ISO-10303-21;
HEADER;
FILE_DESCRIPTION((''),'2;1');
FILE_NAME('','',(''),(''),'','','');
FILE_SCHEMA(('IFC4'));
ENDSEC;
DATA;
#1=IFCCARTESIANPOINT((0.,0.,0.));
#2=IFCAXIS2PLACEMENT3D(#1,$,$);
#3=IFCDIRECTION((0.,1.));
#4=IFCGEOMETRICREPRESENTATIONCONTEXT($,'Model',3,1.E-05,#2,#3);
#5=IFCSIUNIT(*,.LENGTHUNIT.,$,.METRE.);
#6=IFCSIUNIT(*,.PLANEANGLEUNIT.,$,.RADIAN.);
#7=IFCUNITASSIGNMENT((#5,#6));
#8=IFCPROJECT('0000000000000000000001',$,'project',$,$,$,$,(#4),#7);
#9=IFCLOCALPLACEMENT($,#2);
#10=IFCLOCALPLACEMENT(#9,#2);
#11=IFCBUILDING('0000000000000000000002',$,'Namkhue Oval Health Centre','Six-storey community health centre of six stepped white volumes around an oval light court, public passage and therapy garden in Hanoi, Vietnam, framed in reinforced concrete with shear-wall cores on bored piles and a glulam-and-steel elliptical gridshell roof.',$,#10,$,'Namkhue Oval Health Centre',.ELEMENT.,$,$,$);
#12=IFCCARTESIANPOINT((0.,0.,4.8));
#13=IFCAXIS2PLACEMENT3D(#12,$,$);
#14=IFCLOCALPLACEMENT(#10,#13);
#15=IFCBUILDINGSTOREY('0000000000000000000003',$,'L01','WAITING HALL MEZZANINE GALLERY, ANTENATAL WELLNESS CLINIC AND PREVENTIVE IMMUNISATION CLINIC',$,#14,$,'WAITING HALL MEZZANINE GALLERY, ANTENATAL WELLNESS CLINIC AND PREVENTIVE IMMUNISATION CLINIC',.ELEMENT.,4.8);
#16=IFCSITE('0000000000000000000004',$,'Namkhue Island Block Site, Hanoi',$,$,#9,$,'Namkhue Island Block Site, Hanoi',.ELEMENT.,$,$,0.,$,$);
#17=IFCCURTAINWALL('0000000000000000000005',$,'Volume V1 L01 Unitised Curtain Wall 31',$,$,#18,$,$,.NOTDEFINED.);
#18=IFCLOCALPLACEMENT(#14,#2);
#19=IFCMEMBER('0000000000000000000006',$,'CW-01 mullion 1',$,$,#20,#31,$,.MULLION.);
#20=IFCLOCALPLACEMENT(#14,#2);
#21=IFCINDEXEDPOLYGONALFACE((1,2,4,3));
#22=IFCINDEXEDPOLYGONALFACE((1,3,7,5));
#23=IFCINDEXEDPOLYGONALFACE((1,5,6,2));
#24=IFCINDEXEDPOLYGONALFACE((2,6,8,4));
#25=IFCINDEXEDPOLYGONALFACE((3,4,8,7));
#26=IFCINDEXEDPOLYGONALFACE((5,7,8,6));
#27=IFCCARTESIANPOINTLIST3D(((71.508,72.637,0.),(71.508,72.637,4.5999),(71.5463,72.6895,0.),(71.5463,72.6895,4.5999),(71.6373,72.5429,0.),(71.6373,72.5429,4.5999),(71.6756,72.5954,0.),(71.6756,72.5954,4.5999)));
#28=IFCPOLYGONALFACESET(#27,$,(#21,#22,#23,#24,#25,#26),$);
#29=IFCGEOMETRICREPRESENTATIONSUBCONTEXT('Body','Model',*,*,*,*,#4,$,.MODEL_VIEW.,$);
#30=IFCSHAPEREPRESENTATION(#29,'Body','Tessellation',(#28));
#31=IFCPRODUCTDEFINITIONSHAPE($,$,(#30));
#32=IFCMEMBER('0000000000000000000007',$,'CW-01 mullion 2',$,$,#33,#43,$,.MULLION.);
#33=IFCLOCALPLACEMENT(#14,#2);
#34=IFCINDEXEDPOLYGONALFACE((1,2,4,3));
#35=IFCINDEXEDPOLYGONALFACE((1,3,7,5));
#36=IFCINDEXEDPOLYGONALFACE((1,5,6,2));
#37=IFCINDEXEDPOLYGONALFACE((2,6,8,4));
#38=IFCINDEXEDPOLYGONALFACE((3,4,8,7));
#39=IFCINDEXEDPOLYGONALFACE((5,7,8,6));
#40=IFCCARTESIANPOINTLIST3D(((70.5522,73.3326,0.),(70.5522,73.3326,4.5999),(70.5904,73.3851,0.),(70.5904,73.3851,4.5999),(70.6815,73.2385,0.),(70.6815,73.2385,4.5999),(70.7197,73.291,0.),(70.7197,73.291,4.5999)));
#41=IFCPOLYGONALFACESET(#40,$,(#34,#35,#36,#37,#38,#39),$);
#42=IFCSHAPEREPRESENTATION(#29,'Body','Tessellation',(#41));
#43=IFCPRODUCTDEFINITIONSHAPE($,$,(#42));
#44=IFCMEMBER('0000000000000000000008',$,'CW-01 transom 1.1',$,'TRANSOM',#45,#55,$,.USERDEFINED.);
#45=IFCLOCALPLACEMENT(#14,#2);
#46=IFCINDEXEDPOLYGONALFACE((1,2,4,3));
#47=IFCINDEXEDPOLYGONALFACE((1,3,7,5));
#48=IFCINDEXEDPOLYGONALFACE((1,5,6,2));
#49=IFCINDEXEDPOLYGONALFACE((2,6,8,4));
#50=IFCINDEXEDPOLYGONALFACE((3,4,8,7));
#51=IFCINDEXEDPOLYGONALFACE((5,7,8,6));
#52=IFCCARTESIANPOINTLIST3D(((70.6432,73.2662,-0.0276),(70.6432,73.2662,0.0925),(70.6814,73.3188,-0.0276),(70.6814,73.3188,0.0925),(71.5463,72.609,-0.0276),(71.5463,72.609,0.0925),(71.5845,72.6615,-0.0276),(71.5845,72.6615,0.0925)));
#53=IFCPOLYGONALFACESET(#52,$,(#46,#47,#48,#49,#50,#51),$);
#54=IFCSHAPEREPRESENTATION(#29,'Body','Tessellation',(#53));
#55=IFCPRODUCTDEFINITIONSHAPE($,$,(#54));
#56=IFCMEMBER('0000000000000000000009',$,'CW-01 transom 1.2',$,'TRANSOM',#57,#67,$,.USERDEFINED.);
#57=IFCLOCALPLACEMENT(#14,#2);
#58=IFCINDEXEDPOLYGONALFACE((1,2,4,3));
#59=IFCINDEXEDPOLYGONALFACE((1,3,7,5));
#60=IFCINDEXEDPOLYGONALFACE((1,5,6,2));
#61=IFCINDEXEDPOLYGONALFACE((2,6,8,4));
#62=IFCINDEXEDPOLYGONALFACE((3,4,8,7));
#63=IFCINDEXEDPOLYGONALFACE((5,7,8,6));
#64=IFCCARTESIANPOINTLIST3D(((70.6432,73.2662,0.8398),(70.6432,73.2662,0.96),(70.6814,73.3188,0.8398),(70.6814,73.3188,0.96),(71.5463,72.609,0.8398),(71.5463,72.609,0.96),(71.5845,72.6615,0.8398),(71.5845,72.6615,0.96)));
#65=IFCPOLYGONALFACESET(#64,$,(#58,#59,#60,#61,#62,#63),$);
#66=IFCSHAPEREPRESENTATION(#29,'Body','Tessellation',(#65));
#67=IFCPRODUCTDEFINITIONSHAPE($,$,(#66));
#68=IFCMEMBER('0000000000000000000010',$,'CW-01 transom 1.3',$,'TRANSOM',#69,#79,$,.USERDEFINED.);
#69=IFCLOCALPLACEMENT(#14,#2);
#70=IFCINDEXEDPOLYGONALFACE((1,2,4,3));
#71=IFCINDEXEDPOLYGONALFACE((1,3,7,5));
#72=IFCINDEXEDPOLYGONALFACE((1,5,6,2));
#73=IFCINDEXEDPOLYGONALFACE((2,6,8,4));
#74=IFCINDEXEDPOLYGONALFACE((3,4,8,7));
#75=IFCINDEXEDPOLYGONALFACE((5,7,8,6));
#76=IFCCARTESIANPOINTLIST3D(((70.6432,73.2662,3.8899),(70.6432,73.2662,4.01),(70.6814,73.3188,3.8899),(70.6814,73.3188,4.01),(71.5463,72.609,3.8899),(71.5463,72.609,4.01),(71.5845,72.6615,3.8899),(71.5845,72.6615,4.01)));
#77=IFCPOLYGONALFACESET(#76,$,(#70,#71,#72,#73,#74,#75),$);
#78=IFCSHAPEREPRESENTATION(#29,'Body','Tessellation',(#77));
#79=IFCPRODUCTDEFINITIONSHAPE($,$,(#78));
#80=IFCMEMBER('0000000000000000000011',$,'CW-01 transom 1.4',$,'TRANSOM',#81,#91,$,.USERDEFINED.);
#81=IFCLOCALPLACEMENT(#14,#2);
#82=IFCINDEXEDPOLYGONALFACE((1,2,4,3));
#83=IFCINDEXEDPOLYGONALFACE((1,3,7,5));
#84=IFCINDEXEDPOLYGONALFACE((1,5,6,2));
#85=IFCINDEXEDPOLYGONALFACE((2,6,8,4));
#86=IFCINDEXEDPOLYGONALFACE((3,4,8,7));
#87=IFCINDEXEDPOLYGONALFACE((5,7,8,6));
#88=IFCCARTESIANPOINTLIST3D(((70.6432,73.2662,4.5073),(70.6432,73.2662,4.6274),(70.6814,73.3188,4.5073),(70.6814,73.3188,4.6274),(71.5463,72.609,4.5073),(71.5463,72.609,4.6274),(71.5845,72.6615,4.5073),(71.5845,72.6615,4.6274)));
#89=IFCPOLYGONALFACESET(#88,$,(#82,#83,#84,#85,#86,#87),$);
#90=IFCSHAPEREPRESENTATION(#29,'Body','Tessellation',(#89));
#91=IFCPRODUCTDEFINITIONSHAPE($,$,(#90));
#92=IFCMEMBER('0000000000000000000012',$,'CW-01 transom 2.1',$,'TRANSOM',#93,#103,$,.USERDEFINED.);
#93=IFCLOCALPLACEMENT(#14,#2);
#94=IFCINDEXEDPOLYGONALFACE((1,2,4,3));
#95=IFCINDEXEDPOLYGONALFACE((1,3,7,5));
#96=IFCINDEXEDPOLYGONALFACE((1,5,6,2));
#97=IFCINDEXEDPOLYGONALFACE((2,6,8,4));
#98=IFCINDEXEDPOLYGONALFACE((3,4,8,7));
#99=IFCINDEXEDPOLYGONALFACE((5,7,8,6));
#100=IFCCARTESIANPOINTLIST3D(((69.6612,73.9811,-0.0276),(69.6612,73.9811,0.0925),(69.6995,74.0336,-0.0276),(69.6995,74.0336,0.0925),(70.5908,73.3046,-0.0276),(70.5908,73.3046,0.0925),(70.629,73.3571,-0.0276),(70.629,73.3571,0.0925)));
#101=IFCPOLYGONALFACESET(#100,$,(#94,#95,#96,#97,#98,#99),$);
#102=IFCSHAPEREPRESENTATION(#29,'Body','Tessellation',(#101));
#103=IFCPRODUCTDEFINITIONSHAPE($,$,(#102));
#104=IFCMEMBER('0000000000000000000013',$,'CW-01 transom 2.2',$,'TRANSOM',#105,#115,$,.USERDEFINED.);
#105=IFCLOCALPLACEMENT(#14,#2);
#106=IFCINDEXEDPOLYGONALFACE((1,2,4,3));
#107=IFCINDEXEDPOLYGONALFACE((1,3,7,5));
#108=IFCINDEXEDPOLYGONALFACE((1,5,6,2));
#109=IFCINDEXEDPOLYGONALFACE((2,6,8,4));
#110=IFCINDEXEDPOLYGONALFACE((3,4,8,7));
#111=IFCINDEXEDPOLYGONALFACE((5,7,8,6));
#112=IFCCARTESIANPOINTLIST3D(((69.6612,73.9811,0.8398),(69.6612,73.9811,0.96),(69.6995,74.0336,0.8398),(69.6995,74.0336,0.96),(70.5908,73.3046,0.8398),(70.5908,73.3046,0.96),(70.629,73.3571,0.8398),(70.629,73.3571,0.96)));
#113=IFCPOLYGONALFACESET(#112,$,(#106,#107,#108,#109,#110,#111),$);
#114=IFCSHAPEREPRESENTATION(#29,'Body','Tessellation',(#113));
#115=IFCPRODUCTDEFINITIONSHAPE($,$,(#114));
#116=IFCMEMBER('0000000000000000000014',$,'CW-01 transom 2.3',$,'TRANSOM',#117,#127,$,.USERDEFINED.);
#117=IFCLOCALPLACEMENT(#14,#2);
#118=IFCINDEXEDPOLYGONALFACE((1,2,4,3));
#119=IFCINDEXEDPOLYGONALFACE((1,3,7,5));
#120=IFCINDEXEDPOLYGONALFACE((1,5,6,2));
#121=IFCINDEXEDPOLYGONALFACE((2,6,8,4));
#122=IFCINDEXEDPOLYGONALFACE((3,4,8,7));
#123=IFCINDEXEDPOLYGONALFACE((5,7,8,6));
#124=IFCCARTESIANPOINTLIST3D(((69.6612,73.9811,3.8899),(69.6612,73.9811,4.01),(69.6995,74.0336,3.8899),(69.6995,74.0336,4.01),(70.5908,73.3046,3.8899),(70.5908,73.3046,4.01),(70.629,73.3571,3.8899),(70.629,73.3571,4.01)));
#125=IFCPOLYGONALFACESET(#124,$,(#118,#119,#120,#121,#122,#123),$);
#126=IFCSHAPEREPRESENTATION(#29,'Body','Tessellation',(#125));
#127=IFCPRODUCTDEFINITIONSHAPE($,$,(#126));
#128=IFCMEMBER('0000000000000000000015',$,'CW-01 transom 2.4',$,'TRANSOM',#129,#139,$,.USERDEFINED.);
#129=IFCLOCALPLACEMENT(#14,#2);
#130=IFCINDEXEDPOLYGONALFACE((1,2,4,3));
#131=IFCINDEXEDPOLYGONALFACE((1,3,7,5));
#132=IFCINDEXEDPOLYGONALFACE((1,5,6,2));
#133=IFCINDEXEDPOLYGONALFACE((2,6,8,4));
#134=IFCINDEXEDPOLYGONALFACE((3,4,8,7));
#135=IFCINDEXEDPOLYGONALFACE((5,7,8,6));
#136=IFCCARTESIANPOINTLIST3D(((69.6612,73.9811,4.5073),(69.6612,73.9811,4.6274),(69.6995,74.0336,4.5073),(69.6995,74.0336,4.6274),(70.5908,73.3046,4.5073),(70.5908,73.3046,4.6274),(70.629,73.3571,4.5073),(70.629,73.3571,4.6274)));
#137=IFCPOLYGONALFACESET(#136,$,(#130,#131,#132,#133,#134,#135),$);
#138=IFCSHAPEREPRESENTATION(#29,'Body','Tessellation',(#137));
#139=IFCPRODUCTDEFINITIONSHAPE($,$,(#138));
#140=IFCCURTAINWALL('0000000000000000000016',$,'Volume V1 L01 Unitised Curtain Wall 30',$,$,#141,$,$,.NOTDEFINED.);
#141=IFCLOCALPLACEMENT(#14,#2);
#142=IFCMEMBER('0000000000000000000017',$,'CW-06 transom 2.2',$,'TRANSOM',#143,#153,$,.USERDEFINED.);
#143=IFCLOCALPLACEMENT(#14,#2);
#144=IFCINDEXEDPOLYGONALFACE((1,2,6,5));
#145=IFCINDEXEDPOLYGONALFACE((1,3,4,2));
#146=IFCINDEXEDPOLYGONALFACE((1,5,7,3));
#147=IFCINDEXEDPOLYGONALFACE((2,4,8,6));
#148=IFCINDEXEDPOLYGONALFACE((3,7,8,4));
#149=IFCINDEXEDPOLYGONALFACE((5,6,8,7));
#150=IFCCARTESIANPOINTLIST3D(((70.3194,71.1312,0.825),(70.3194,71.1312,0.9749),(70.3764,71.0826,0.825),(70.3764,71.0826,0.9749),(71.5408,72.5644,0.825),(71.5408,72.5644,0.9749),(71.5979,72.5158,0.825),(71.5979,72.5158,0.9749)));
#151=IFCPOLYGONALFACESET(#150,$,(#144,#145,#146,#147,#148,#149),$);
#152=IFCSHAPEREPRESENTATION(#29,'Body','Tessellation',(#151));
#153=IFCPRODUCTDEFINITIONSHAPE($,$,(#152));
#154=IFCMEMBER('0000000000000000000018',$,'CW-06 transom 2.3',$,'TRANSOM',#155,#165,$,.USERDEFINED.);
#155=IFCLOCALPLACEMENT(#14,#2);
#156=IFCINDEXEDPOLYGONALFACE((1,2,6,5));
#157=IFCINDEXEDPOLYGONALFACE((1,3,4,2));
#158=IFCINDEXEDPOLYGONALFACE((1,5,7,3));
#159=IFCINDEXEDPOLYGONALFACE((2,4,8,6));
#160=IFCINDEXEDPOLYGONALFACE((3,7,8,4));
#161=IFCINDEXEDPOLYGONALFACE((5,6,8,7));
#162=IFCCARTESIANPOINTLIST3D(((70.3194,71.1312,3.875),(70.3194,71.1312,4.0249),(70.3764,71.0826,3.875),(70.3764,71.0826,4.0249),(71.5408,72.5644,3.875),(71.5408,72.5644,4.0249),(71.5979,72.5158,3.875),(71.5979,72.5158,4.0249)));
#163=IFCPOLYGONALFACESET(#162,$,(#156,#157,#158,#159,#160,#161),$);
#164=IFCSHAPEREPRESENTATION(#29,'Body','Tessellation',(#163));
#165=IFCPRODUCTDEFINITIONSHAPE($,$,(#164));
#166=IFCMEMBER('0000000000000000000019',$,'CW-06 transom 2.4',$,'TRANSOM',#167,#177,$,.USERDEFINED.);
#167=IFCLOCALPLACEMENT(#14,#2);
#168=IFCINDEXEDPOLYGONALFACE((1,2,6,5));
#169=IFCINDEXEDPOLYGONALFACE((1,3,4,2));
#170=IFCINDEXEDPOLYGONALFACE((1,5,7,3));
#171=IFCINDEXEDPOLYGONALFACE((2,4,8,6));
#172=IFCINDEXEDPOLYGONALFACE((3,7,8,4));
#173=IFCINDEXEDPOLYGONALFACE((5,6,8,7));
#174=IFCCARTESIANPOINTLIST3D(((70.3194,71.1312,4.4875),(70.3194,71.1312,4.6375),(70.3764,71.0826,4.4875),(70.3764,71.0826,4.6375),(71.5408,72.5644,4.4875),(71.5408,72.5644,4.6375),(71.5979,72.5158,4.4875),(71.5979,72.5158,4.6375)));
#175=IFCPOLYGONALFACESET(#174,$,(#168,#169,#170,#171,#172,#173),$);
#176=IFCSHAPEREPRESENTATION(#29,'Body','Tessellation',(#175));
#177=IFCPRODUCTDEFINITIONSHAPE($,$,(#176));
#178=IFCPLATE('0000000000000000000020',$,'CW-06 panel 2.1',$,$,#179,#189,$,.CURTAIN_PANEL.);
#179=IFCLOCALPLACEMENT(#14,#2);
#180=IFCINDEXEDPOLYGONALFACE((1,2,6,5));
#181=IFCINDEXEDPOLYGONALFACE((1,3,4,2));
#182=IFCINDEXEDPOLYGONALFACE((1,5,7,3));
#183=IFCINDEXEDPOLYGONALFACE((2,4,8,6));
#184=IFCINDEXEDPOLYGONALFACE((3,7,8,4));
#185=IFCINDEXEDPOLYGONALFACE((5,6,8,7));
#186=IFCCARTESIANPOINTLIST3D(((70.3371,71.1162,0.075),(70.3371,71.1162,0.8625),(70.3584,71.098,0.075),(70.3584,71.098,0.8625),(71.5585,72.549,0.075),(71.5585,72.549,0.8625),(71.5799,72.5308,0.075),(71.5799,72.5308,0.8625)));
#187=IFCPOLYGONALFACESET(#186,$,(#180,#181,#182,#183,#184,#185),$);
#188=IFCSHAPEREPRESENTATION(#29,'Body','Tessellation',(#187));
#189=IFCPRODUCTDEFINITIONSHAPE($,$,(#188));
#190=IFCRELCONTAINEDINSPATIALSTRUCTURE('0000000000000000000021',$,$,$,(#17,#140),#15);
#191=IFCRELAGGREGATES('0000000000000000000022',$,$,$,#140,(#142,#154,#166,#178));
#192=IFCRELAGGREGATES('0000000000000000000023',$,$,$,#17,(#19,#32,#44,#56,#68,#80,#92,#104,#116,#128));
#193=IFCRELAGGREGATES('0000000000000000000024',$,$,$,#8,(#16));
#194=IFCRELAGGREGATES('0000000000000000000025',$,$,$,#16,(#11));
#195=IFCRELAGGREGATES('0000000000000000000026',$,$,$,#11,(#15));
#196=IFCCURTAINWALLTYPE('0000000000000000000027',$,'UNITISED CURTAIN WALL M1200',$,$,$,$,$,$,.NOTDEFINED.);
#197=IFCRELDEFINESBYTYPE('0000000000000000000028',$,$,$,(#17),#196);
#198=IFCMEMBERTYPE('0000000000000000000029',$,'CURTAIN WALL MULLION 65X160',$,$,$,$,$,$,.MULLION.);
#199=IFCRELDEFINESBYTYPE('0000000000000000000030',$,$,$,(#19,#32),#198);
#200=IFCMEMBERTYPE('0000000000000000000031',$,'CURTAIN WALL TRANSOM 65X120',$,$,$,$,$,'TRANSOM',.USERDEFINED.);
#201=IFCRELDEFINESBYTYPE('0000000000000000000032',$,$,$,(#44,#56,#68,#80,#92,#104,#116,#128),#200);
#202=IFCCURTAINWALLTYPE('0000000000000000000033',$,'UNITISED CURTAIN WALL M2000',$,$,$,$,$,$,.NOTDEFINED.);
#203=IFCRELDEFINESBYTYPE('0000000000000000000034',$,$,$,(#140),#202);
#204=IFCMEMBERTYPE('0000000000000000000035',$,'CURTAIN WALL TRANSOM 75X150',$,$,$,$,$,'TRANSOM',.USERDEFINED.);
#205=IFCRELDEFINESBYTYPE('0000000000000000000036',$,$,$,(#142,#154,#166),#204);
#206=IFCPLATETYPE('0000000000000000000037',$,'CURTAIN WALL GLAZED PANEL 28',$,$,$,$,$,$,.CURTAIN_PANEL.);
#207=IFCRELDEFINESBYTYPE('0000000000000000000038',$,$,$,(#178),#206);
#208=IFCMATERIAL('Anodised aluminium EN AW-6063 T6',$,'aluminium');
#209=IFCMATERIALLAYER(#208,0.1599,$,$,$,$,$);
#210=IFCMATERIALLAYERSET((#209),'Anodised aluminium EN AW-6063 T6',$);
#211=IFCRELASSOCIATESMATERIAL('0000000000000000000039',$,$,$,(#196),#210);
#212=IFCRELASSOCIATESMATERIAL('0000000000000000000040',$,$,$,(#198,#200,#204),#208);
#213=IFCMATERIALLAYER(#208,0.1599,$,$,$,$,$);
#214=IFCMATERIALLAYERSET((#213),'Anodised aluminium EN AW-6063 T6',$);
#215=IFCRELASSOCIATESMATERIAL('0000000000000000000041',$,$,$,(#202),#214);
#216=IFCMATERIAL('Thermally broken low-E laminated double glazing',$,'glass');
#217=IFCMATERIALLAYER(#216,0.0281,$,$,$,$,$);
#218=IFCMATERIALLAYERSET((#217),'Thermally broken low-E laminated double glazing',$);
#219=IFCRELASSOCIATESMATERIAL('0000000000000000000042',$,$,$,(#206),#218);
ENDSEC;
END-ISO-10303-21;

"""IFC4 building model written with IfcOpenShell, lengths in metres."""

from ifc_helpers import new_model, si_unit, direction, frame, origin, origin_2d, place, context, subcontext, project, spatial, rectangle, extrude, material, layer, layer_set, material_profile, profile_set, type_object, element, aggregate, save


model = new_model("IFC4")

# Units and contexts
model_context = context("Model", 3, precision=1e-05, world=origin(), true_north=direction((0.0, 1.0)))
body_context = subcontext(model_context, "Body", "Model", "MODEL_VIEW")
ifc_project = project(units=[si_unit("LENGTHUNIT", "METRE"), si_unit("PLANEANGLEUNIT", "RADIAN")], contexts=[model_context])

# Site, building, storey
site_placement = place(None, origin())
site = spatial("IfcSite", under=ifc_project, at=site_placement, Name="Namkhue Island Block Site, Hanoi", LongName="Namkhue Island Block Site, Hanoi", CompositionType="ELEMENT", RefElevation=0.0)
building_placement = place(site_placement, origin())
building = spatial("IfcBuilding", under=site, at=building_placement, Name="Namkhue Oval Health Centre", Description="Six-storey community health centre of six stepped white volumes around an oval light court, public passage and therapy garden in Hanoi, Vietnam, framed in reinforced concrete with shear-wall cores on bored piles and a glulam-and-steel elliptical gridshell roof.", LongName="Namkhue Oval Health Centre", CompositionType="ELEMENT")
storey_placement = place(building_placement, frame((0.0, 0.0, 4.8)))
storey = spatial("IfcBuildingStorey", under=building, at=storey_placement, Name="L01", Description="WAITING HALL MEZZANINE GALLERY, ANTENATAL WELLNESS CLINIC AND PREVENTIVE IMMUNISATION CLINIC", LongName="WAITING HALL MEZZANINE GALLERY, ANTENATAL WELLNESS CLINIC AND PREVENTIVE IMMUNISATION CLINIC", CompositionType="ELEMENT", Elevation=4.8)

# Curtain wall, members
ifc_material_1 = material(Name="Anodised aluminium EN AW-6063 T6", Category="aluminium")
ifc_layer_1 = layer(ifc_material_1, 0.1599)
ifc_layer_set_1 = layer_set([ifc_layer_1], Name="Anodised aluminium EN AW-6063 T6")
curtain_wall_type_1 = type_object("IfcCurtainWallType", Name="UNITISED CURTAIN WALL M1200", PredefinedType="NOTDEFINED", material=ifc_layer_set_1)
curtain_wall_1_placement = place(storey_placement, origin())
curtain_wall_1 = element("IfcCurtainWall", 1, at=curtain_wall_1_placement, inside=storey, type_object=curtain_wall_type_1, Name="Volume V1 L01 Unitised Curtain Wall 31", PredefinedType="NOTDEFINED")
ifc_material_profile_1 = material_profile(ifc_material_1, rectangle(XDim=0.0649, YDim=0.1599, at=origin_2d()), Name="ALU 65x160")
ifc_profile_set_1 = profile_set([ifc_material_profile_1], Name="Anodised aluminium EN AW-6063 T6")
member_type_1 = type_object("IfcMemberType", Name="CURTAIN WALL MULLION 65X160", PredefinedType="MULLION", material=ifc_profile_set_1)
member_1_placement = place(storey_placement, frame((71.5918, 72.6162, 0.0), z_axis=(0.0, 0.0, 1.0), x_axis=(-0.588477, -0.808514, 0.0)))
member_1 = element("IfcMember", 2, at=member_1_placement, type_object=member_type_1, Name="CW-01 mullion 1", PredefinedType="MULLION", context=body_context, shape_type="SweptSolid", body=[
    extrude(rectangle(XDim=0.0649, YDim=0.1599, at=origin_2d()), origin(), (0.0, 0.0, 1.0), 4.5999),
])
member_2_placement = place(storey_placement, frame((70.636, 73.3118, 0.0), z_axis=(0.0, 0.0, 1.0), x_axis=(-0.588477, -0.808514, 0.0)))
member_2 = element("IfcMember", 3, at=member_2_placement, type_object=member_type_1, Name="CW-01 mullion 2", PredefinedType="MULLION", context=body_context, shape_type="SweptSolid", body=[
    extrude(rectangle(XDim=0.0649, YDim=0.1599, at=origin_2d()), origin(), (0.0, 0.0, 1.0), 4.5999),
])
ifc_material_profile_2 = material_profile(ifc_material_1, rectangle(XDim=0.0649, YDim=0.1201, at=origin_2d()), Name="ALU 65x120")
ifc_profile_set_2 = profile_set([ifc_material_profile_2], Name="Anodised aluminium EN AW-6063 T6")
member_type_2 = type_object("IfcMemberType", Name="CURTAIN WALL TRANSOM 65X120", ElementType="TRANSOM", PredefinedType="USERDEFINED", material=ifc_profile_set_2)
member_3_placement = place(storey_placement, frame((71.5654, 72.6353, 0.0325), z_axis=(-0.808547, 0.588432, 0.0), x_axis=(-0.588432, -0.808547, 0.0)))
member_3 = element("IfcMember", 4, at=member_3_placement, type_object=member_type_2, Name="CW-01 transom 1.1", ObjectType="TRANSOM", PredefinedType="USERDEFINED", context=body_context, shape_type="SweptSolid", body=[
    extrude(rectangle(XDim=0.0649, YDim=0.1201, at=origin_2d()), origin(), (0.0, 0.0, 1.0), 1.1169),
])
member_4_placement = place(storey_placement, frame((71.5654, 72.6353, 0.8999), z_axis=(-0.808547, 0.588432, 0.0), x_axis=(-0.588432, -0.808547, 0.0)))
member_4 = element("IfcMember", 5, at=member_4_placement, type_object=member_type_2, Name="CW-01 transom 1.2", ObjectType="TRANSOM", PredefinedType="USERDEFINED", context=body_context, shape_type="SweptSolid", body=[
    extrude(rectangle(XDim=0.0649, YDim=0.1201, at=origin_2d()), origin(), (0.0, 0.0, 1.0), 1.1169),
])
member_5_placement = place(storey_placement, frame((71.5654, 72.6353, 3.95), z_axis=(-0.808547, 0.588432, 0.0), x_axis=(-0.588432, -0.808547, 0.0)))
member_5 = element("IfcMember", 6, at=member_5_placement, type_object=member_type_2, Name="CW-01 transom 1.3", ObjectType="TRANSOM", PredefinedType="USERDEFINED", context=body_context, shape_type="SweptSolid", body=[
    extrude(rectangle(XDim=0.0649, YDim=0.1201, at=origin_2d()), origin(), (0.0, 0.0, 1.0), 1.1169),
])
member_6_placement = place(storey_placement, frame((71.5654, 72.6353, 4.5674), z_axis=(-0.808547, 0.588432, 0.0), x_axis=(-0.588432, -0.808547, 0.0)))
member_6 = element("IfcMember", 7, at=member_6_placement, type_object=member_type_2, Name="CW-01 transom 1.4", ObjectType="TRANSOM", PredefinedType="USERDEFINED", context=body_context, shape_type="SweptSolid", body=[
    extrude(rectangle(XDim=0.0649, YDim=0.1201, at=origin_2d()), origin(), (0.0, 0.0, 1.0), 1.1169),
])
member_7_placement = place(storey_placement, frame((70.6099, 73.3308, 0.0325), z_axis=(-0.808506, 0.588487, 0.0), x_axis=(-0.588487, -0.808506, 0.0)))
member_7 = element("IfcMember", 8, at=member_7_placement, type_object=member_type_2, Name="CW-01 transom 2.1", ObjectType="TRANSOM", PredefinedType="USERDEFINED", context=body_context, shape_type="SweptSolid", body=[
    extrude(rectangle(XDim=0.0649, YDim=0.1201, at=origin_2d()), origin(), (0.0, 0.0, 1.0), 1.1497),
])
member_8_placement = place(storey_placement, frame((70.6099, 73.3308, 0.8999), z_axis=(-0.808506, 0.588487, 0.0), x_axis=(-0.588487, -0.808506, 0.0)))
member_8 = element("IfcMember", 9, at=member_8_placement, type_object=member_type_2, Name="CW-01 transom 2.2", ObjectType="TRANSOM", PredefinedType="USERDEFINED", context=body_context, shape_type="SweptSolid", body=[
    extrude(rectangle(XDim=0.0649, YDim=0.1201, at=origin_2d()), origin(), (0.0, 0.0, 1.0), 1.1497),
])
member_9_placement = place(storey_placement, frame((70.6099, 73.3308, 3.95), z_axis=(-0.808506, 0.588487, 0.0), x_axis=(-0.588487, -0.808506, 0.0)))
member_9 = element("IfcMember", 10, at=member_9_placement, type_object=member_type_2, Name="CW-01 transom 2.3", ObjectType="TRANSOM", PredefinedType="USERDEFINED", context=body_context, shape_type="SweptSolid", body=[
    extrude(rectangle(XDim=0.0649, YDim=0.1201, at=origin_2d()), origin(), (0.0, 0.0, 1.0), 1.1497),
])
member_10_placement = place(storey_placement, frame((70.6099, 73.3308, 4.5674), z_axis=(-0.808506, 0.588487, 0.0), x_axis=(-0.588487, -0.808506, 0.0)))
member_10 = element("IfcMember", 11, at=member_10_placement, type_object=member_type_2, Name="CW-01 transom 2.4", ObjectType="TRANSOM", PredefinedType="USERDEFINED", context=body_context, shape_type="SweptSolid", body=[
    extrude(rectangle(XDim=0.0649, YDim=0.1201, at=origin_2d()), origin(), (0.0, 0.0, 1.0), 1.1497),
])

# Curtain wall, members, plate
ifc_layer_2 = layer(ifc_material_1, 0.1599)
ifc_layer_set_2 = layer_set([ifc_layer_2], Name="Anodised aluminium EN AW-6063 T6")
curtain_wall_type_2 = type_object("IfcCurtainWallType", Name="UNITISED CURTAIN WALL M2000", PredefinedType="NOTDEFINED", material=ifc_layer_set_2)
curtain_wall_2_placement = place(storey_placement, origin())
curtain_wall_2 = element("IfcCurtainWall", 12, at=curtain_wall_2_placement, inside=storey, type_object=curtain_wall_type_2, Name="Volume V1 L01 Unitised Curtain Wall 30", PredefinedType="NOTDEFINED")
ifc_material_profile_3 = material_profile(ifc_material_1, rectangle(XDim=0.075, YDim=0.1499, at=origin_2d()), Name="ALU 75x150")
ifc_profile_set_3 = profile_set([ifc_material_profile_3], Name="Anodised aluminium EN AW-6063 T6")
member_type_3 = type_object("IfcMemberType", Name="CURTAIN WALL TRANSOM 75X150", ElementType="TRANSOM", PredefinedType="USERDEFINED", material=ifc_profile_set_3)
member_11_placement = place(storey_placement, frame((70.3479, 71.1069, 0.8999), z_axis=(0.648664, 0.761075, 0.0), x_axis=(-0.761075, 0.648664, 0.0)))
member_11 = element("IfcMember", 13, at=member_11_placement, type_object=member_type_3, Name="CW-06 transom 2.2", ObjectType="TRANSOM", PredefinedType="USERDEFINED", context=body_context, shape_type="SweptSolid", body=[
    extrude(rectangle(XDim=0.075, YDim=0.1499, at=origin_2d()), origin(), (0.0, 0.0, 1.0), 1.8831),
])
member_12_placement = place(storey_placement, frame((70.3479, 71.1069, 3.95), z_axis=(0.648664, 0.761075, 0.0), x_axis=(-0.761075, 0.648664, 0.0)))
member_12 = element("IfcMember", 14, at=member_12_placement, type_object=member_type_3, Name="CW-06 transom 2.3", ObjectType="TRANSOM", PredefinedType="USERDEFINED", context=body_context, shape_type="SweptSolid", body=[
    extrude(rectangle(XDim=0.075, YDim=0.1499, at=origin_2d()), origin(), (0.0, 0.0, 1.0), 1.8831),
])
member_13_placement = place(storey_placement, frame((70.3479, 71.1069, 4.5625), z_axis=(0.648664, 0.761075, 0.0), x_axis=(-0.761075, 0.648664, 0.0)))
member_13 = element("IfcMember", 15, at=member_13_placement, type_object=member_type_3, Name="CW-06 transom 2.4", ObjectType="TRANSOM", PredefinedType="USERDEFINED", context=body_context, shape_type="SweptSolid", body=[
    extrude(rectangle(XDim=0.075, YDim=0.1499, at=origin_2d()), origin(), (0.0, 0.0, 1.0), 1.8831),
])
ifc_material_2 = material(Name="Thermally broken low-E laminated double glazing", Category="glass")
ifc_layer_3 = layer(ifc_material_2, 0.0281)
ifc_layer_set_3 = layer_set([ifc_layer_3], Name="Thermally broken low-E laminated double glazing")
plate_type_1 = type_object("IfcPlateType", Name="CURTAIN WALL GLAZED PANEL 28", PredefinedType="CURTAIN_PANEL", material=ifc_layer_set_3)
plate_1_placement = place(storey_placement, frame((70.9585, 71.8235, 0.075), z_axis=(0.0, 0.0, 1.0), x_axis=(0.648746, 0.761005, 0.0)))
plate_1 = element("IfcPlate", 16, at=plate_1_placement, type_object=plate_type_1, Name="CW-06 panel 2.1", PredefinedType="CURTAIN_PANEL", context=body_context, shape_type="SweptSolid", body=[
    extrude(rectangle(XDim=1.8828, YDim=0.0281, at=origin_2d()), origin(), (0.0, 0.0, 1.0), 0.7876),
])
aggregate(curtain_wall_2, [member_11, member_12, member_13, plate_1])

aggregate(curtain_wall_1, [member_1, member_2, member_3, member_4, member_5, member_6, member_7, member_8, member_9, member_10])

save(model, "model.ifc")
